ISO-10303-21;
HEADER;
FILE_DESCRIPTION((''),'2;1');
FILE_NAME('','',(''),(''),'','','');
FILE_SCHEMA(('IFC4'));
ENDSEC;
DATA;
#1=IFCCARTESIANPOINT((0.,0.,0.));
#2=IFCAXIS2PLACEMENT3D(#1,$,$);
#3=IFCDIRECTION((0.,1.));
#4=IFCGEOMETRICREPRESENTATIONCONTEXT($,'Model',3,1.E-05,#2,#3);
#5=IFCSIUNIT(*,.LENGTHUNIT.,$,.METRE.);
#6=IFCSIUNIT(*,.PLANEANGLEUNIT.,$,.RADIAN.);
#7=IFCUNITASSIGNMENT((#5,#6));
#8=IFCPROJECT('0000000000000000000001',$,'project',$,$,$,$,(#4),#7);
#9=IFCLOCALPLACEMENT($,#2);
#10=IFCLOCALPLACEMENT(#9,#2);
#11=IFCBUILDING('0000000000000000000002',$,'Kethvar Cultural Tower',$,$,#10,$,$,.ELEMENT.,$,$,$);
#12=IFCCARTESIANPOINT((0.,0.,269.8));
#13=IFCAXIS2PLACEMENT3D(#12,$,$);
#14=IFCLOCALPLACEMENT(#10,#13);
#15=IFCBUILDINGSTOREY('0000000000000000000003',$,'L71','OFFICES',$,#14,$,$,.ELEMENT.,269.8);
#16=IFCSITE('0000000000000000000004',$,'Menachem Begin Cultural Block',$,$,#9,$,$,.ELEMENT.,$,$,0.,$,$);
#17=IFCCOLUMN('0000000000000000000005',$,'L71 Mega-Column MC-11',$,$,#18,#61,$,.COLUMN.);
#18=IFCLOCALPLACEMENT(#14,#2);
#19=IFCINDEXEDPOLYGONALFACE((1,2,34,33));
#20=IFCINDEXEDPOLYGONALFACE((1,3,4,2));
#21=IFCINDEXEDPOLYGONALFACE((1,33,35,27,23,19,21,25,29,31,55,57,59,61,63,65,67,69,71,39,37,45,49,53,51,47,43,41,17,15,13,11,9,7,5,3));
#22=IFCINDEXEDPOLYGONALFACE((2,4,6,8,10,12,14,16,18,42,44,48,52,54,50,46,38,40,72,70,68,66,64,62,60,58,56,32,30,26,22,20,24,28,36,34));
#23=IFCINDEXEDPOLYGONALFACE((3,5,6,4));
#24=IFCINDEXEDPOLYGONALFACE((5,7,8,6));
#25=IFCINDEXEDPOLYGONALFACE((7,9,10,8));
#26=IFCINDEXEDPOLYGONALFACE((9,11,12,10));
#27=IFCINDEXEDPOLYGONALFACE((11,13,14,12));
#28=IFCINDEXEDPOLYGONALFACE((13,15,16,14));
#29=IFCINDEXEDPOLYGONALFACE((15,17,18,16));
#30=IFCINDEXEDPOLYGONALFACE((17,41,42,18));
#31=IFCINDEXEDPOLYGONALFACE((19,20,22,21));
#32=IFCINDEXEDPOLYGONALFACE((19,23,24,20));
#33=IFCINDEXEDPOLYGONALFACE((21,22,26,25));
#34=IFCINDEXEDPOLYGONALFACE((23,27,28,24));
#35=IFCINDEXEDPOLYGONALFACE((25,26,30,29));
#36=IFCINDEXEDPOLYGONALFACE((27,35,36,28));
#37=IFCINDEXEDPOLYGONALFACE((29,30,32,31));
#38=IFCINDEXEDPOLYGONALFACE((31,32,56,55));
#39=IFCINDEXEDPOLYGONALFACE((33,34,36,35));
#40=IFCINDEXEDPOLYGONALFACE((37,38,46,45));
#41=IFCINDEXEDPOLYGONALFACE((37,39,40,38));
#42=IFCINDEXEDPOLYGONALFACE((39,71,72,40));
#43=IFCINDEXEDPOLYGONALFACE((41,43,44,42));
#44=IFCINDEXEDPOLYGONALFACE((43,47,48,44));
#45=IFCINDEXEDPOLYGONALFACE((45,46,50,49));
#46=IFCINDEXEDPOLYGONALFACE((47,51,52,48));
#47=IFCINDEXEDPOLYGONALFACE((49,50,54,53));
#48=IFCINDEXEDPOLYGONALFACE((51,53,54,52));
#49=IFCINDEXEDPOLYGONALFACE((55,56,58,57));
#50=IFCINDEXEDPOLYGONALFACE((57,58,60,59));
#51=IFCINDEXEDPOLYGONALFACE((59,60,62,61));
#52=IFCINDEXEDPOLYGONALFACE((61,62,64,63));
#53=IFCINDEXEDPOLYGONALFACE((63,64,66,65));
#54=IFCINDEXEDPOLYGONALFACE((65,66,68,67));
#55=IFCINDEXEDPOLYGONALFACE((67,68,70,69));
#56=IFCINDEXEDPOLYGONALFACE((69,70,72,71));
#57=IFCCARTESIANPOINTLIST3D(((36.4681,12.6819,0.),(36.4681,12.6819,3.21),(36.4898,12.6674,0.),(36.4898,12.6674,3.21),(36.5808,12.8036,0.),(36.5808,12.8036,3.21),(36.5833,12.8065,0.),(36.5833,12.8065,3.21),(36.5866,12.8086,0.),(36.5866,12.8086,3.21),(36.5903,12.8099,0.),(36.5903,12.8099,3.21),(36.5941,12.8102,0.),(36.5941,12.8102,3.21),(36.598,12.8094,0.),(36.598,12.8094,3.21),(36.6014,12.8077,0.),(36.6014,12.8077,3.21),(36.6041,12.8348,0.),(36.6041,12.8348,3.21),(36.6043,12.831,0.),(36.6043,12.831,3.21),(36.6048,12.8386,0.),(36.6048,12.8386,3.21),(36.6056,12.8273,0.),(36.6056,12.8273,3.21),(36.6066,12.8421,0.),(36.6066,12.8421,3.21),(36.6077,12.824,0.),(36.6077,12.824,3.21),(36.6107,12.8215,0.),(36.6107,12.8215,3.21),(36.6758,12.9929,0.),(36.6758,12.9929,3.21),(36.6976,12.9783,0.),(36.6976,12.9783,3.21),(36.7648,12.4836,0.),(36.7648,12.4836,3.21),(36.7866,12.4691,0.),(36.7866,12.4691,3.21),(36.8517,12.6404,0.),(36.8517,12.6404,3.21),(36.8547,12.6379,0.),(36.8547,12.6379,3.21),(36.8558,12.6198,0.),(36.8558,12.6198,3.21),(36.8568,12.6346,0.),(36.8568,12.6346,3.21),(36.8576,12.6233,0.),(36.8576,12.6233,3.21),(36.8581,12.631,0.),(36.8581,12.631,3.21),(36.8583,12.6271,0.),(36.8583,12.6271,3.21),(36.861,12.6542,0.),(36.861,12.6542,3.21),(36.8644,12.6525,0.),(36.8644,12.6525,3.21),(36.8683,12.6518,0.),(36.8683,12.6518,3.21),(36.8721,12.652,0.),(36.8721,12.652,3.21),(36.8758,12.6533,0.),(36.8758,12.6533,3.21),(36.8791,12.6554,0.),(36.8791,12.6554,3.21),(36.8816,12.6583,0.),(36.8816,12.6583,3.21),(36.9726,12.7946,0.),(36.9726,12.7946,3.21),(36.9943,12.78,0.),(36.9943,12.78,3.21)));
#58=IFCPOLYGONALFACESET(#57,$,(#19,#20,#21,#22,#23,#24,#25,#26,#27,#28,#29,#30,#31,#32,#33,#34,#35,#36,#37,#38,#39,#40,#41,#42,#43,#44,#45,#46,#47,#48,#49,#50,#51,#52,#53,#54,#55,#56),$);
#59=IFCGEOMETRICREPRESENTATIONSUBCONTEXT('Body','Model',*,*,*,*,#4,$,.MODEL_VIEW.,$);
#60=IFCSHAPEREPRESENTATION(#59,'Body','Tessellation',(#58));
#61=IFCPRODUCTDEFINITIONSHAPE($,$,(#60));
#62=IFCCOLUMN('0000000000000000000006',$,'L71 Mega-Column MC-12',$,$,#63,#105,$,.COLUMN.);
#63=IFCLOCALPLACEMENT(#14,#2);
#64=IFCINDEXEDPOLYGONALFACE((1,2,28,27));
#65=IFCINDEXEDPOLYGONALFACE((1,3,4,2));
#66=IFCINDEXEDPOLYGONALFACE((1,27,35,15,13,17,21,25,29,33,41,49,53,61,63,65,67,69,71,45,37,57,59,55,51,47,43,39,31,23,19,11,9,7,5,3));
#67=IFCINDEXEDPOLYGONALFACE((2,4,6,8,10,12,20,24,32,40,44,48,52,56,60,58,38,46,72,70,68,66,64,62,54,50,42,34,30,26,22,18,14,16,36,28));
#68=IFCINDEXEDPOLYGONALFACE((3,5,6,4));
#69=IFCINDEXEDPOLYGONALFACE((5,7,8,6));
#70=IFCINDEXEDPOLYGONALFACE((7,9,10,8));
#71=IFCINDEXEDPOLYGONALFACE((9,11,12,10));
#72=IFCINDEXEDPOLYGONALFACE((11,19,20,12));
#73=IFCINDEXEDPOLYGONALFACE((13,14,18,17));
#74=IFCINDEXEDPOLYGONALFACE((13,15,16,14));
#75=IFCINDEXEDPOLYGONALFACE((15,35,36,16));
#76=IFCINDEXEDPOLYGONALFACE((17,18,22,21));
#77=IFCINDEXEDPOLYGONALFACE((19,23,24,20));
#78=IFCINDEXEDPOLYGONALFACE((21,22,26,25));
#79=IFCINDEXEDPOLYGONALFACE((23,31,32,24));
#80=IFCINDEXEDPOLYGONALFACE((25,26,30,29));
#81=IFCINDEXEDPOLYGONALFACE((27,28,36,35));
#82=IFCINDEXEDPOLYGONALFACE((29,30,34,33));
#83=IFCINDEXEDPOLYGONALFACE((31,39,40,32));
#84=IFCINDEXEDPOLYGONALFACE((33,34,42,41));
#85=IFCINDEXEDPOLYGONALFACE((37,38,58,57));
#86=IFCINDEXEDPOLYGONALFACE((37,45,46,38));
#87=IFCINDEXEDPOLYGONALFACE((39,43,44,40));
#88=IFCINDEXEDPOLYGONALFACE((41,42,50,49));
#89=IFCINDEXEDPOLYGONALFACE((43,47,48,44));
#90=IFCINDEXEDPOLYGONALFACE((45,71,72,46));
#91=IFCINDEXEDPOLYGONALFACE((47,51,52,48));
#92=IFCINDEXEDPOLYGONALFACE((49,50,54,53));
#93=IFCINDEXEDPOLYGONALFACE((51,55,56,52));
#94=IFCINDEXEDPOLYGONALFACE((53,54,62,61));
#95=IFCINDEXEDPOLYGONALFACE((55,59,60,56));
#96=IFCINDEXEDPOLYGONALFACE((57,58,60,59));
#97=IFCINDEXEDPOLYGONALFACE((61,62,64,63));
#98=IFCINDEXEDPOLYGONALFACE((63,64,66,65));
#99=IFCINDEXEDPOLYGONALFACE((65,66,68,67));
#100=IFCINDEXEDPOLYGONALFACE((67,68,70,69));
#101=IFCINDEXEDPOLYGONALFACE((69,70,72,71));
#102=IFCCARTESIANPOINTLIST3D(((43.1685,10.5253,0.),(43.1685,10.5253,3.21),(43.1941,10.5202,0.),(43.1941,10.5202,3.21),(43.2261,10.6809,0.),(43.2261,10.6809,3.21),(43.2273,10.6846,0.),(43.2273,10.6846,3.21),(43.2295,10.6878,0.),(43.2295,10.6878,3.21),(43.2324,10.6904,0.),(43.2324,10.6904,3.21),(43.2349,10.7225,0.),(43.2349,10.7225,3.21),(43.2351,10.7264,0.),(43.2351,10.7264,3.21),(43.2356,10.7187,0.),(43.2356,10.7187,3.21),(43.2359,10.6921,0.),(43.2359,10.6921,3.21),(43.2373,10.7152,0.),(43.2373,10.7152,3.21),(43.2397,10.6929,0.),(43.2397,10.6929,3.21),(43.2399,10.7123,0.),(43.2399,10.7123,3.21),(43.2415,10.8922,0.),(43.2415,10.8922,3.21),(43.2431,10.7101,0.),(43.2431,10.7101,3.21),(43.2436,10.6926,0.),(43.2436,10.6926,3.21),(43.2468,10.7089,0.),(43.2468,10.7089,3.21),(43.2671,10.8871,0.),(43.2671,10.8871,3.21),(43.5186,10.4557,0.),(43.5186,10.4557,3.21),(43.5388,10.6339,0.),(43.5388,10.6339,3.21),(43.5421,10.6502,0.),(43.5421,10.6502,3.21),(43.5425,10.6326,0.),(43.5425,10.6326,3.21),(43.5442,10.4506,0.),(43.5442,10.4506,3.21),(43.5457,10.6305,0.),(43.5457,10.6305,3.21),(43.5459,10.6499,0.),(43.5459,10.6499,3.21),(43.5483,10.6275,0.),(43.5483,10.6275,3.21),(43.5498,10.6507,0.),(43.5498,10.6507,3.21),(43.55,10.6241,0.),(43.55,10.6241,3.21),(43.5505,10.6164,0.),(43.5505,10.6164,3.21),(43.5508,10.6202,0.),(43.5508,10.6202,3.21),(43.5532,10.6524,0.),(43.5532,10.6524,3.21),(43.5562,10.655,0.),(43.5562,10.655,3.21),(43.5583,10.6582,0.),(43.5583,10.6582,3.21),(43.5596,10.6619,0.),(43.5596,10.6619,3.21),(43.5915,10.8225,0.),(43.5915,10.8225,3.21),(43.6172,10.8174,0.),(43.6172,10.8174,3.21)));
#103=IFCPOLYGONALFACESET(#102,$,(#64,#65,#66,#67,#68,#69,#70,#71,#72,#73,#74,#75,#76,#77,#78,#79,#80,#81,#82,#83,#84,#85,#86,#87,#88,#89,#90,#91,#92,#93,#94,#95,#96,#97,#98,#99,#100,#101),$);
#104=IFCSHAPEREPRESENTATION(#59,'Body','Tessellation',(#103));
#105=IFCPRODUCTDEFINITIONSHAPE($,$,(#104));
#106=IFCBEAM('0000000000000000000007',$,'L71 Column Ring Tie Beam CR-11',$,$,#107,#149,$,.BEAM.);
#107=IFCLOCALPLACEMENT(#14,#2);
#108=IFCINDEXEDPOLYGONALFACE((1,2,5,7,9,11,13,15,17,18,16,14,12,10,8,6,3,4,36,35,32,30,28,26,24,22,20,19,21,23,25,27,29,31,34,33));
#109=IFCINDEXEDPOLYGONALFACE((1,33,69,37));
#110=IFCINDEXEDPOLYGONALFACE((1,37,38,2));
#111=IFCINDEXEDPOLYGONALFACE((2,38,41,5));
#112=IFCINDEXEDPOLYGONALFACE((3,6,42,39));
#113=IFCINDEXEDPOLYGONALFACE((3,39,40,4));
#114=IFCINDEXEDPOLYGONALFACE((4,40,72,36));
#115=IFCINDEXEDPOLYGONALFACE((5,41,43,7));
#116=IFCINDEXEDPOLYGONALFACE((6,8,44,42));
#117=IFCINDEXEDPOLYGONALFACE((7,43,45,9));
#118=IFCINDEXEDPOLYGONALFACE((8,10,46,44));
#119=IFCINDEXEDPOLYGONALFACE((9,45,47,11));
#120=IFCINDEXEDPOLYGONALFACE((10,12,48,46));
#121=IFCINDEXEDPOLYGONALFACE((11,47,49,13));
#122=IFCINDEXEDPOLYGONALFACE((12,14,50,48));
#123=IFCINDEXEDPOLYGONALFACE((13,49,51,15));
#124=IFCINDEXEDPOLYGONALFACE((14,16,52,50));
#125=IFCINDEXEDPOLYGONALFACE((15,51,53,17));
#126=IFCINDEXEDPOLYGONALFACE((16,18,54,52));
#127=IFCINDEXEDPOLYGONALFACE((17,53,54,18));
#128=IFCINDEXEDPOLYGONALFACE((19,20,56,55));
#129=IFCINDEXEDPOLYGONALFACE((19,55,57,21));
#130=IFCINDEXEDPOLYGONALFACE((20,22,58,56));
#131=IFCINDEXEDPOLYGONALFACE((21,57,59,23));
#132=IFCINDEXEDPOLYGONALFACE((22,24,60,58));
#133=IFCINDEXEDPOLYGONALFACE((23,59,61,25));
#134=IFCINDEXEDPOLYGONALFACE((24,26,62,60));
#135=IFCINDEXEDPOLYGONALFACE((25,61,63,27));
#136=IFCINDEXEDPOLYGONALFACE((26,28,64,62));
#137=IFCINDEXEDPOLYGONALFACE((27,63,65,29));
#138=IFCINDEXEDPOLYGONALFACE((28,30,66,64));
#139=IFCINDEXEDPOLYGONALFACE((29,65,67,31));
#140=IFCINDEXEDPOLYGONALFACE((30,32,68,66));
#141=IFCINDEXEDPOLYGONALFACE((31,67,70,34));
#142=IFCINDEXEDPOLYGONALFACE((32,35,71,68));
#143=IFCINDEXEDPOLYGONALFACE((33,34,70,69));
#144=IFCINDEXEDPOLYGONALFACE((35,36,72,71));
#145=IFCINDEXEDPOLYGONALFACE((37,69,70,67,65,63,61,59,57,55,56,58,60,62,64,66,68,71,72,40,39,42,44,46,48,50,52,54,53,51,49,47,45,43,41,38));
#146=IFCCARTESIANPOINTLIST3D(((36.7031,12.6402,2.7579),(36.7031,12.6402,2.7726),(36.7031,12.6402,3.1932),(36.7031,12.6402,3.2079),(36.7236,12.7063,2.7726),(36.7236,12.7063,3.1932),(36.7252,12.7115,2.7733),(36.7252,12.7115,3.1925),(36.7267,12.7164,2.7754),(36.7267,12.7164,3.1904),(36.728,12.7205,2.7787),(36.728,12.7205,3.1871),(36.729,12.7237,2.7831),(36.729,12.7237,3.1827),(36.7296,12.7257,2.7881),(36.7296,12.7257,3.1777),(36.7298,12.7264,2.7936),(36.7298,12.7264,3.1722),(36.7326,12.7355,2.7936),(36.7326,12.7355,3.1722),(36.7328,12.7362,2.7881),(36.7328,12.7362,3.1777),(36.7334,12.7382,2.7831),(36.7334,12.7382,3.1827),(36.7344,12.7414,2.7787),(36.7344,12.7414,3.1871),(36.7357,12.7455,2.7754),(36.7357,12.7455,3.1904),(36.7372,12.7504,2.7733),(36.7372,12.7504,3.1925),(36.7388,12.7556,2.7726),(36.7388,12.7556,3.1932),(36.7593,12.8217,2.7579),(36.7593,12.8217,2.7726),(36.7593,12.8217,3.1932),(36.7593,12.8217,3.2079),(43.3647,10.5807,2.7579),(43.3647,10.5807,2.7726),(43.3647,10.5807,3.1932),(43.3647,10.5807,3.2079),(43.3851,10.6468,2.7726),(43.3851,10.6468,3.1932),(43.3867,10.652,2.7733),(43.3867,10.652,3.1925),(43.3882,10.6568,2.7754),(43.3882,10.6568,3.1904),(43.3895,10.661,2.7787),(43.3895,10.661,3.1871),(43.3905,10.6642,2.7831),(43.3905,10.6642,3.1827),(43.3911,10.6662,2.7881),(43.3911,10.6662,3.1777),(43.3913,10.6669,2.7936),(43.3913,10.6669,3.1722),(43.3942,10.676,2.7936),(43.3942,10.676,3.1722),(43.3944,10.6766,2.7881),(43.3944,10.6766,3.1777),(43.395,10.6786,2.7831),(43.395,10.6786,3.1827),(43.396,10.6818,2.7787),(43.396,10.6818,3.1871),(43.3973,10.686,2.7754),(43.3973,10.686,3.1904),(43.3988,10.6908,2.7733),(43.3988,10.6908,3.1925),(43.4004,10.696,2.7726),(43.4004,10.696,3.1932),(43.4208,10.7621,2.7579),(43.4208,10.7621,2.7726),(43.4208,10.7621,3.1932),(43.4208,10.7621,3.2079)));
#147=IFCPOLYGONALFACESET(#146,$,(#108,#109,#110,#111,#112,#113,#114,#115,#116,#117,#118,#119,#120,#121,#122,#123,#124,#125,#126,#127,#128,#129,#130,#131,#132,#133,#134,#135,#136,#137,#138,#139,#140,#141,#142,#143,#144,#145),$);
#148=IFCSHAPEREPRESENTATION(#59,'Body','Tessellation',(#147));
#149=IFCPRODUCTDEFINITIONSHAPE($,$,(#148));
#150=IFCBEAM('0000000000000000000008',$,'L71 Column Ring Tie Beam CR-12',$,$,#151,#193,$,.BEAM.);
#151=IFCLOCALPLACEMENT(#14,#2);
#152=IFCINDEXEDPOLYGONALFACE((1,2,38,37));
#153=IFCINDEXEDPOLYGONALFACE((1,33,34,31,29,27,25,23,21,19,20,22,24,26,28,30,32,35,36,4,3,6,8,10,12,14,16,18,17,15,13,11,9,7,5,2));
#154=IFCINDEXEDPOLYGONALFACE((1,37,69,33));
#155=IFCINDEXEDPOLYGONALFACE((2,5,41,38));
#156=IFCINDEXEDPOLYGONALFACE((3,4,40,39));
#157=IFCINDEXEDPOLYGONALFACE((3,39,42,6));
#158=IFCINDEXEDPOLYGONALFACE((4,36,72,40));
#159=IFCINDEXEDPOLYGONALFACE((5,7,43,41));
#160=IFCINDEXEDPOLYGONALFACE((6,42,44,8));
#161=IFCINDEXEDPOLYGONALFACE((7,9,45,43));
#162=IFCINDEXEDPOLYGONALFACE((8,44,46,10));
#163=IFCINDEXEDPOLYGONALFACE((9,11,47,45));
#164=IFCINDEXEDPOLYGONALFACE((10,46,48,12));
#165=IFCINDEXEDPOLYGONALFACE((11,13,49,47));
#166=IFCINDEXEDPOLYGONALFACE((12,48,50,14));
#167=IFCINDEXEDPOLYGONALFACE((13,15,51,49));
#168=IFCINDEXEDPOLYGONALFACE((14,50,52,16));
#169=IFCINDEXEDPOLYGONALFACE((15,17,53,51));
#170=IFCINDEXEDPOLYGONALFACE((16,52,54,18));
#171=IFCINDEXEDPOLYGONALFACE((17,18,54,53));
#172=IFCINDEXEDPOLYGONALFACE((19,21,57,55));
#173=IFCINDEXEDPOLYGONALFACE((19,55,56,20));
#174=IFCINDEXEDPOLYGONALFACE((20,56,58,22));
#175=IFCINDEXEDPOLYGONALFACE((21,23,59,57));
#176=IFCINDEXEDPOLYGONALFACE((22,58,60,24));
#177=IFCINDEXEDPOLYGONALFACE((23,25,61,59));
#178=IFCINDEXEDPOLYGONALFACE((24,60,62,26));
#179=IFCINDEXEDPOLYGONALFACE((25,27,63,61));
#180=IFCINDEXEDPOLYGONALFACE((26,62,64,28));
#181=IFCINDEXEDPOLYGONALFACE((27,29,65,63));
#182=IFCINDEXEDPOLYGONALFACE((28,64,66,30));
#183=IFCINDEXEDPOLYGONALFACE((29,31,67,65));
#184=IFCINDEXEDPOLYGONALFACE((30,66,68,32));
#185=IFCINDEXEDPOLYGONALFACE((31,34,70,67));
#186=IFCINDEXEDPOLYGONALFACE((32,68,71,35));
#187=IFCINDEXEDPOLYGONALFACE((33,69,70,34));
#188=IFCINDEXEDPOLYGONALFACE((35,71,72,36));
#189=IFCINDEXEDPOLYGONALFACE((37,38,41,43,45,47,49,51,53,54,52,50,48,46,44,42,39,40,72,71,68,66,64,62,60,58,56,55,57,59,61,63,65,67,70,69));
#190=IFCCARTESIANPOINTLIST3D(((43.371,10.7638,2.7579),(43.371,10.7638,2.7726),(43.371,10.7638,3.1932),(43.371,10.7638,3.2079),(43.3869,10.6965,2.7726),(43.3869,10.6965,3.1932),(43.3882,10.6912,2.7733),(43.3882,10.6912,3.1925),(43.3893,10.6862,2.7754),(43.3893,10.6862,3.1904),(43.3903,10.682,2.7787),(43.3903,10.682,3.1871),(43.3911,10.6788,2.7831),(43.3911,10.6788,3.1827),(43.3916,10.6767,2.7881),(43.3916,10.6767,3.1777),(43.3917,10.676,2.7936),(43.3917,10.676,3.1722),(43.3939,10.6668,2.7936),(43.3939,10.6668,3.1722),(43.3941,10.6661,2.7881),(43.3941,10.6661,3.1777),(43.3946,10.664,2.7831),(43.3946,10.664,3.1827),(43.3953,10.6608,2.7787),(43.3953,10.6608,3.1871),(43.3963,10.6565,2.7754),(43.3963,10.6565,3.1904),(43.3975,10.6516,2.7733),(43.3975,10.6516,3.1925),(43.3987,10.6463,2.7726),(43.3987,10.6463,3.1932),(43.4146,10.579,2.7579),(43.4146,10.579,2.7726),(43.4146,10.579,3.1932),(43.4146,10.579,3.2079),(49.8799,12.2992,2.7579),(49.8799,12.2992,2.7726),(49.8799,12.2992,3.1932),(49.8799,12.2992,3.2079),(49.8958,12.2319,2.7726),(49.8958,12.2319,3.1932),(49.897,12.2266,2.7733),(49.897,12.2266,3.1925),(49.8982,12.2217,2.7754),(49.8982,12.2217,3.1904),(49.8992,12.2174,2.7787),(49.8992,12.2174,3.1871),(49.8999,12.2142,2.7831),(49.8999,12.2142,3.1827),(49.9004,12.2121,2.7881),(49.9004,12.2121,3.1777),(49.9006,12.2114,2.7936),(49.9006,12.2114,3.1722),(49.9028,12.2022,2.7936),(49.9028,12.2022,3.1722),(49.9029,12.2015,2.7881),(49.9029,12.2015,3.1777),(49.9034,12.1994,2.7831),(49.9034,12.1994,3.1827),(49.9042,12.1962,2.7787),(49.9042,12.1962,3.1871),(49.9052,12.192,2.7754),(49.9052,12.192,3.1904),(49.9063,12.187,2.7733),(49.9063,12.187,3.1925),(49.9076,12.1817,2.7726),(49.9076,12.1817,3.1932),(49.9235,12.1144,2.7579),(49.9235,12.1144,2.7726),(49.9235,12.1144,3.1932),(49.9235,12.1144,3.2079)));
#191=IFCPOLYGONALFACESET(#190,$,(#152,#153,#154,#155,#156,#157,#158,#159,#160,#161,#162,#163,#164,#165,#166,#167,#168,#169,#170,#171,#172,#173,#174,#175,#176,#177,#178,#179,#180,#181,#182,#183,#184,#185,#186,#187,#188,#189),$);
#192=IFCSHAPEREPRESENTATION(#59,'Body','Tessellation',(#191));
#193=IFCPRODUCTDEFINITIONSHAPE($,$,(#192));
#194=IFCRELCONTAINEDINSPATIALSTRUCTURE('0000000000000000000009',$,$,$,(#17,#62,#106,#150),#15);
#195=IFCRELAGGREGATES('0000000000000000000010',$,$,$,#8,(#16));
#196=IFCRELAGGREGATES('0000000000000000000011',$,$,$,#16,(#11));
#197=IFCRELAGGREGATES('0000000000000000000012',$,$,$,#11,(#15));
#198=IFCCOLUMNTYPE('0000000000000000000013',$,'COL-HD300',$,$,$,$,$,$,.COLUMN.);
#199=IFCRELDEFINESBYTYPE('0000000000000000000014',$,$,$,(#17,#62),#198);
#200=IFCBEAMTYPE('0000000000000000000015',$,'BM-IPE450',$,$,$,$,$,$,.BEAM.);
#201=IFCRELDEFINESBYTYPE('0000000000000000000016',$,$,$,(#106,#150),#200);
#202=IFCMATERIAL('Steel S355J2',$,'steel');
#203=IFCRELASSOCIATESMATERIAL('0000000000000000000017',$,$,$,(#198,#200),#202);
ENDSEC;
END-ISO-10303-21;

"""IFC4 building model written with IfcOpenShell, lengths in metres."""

from ifc_helpers import new_model, si_unit, direction, frame, origin, origin_2d, place, context, subcontext, project, spatial, i_section, extrude, source, transform, mapped, material, material_profile, profile_set, type_object, element, save


model = new_model("IFC4")

# Units and contexts
model_context = context("Model", 3, precision=1e-05, world=origin(), true_north=direction((0.0, 1.0)))
body_context = subcontext(model_context, "Body", "Model", "MODEL_VIEW")
ifc_project = project(units=[si_unit("LENGTHUNIT", "METRE"), si_unit("PLANEANGLEUNIT", "RADIAN")], contexts=[model_context])

# Site, building, storey
site_placement = place(None, origin())
site = spatial("IfcSite", under=ifc_project, at=site_placement, Name="Menachem Begin Cultural Block", CompositionType="ELEMENT", RefElevation=0.0)
building_placement = place(site_placement, origin())
building = spatial("IfcBuilding", under=site, at=building_placement, Name="Kethvar Cultural Tower", CompositionType="ELEMENT")
storey_placement = place(building_placement, frame((0.0, 0.0, 269.8)))
storey = spatial("IfcBuildingStorey", under=building, at=storey_placement, Name="L71", Description="OFFICES", CompositionType="ELEMENT", Elevation=269.8)

# Columns
ifc_material_1 = material(Name="Steel S355J2", Category="steel")
ifc_material_profile_1 = material_profile(ifc_material_1, i_section(OverallWidth=0.374, OverallDepth=0.3831, WebThickness=0.0166, FlangeThickness=0.0261, FilletRadius=0.0149, at=origin_2d()), Name="Steel S355J2 — HD360x300")
ifc_profile_set_1 = profile_set([ifc_material_profile_1], Name="Steel S355J2 — HD360x300")
column_type = type_object("IfcColumnType", Name="COL-HD300", PredefinedType="COLUMN", material=ifc_profile_set_1)
shared_shape_1 = source(origin(), body_context, "Body", "SweptSolid", [
    extrude(i_section(OverallWidth=0.374, OverallDepth=0.3831, WebThickness=0.0166, FlangeThickness=0.0261, FilletRadius=0.0149, at=origin_2d()), origin(), (0.0, 0.0, 1.0), 3.21),
])
for number, where, z_axis, x_axis, name in (
    (1, (36.7312, 12.731, 0.0), (0.0, 0.0, 1.0), (-0.55557, -0.83147, 0.0), "L71 Mega-Column MC-11"),
    (2, (43.3928, 10.6714, 0.0), (0.0, 0.0, 1.0), (-0.19509, -0.980785, 0.0), "L71 Mega-Column MC-12"),
):
    element("IfcColumn", number, at=place(storey_placement, frame(where, z_axis=z_axis, x_axis=x_axis)), inside=storey, type_object=column_type, Name=name, PredefinedType="COLUMN", context=body_context, shape_type="MappedRepresentation", body=[
        mapped(shared_shape_1, transform((0.0, 0.0, 0.0), scale=1.0)),
    ])

# Beams
ifc_material_profile_2 = material_profile(ifc_material_1, i_section(OverallWidth=0.1899, OverallDepth=0.45, WebThickness=0.0095, FlangeThickness=0.0146, FilletRadius=0.021, at=origin_2d()), Name="Steel S355J2 — IPE450")
ifc_profile_set_2 = profile_set([ifc_material_profile_2], Name="Steel S355J2 — IPE450")
beam_type_1 = type_object("IfcBeamType", Name="BM-IPE450", PredefinedType="BEAM", material=ifc_profile_set_2)
shared_shape_2 = source(origin(), body_context, "Body", "SweptSolid", [
    extrude(i_section(OverallWidth=0.1899, OverallDepth=0.45, WebThickness=0.0095, FlangeThickness=0.0146, FilletRadius=0.021, at=origin_2d()), origin(), (0.0, 0.0, 1.0), 6.9727),
])
beam_1_placement = place(storey_placement, frame((36.7312, 12.731, 2.9829), z_axis=(0.955381, -0.295375, 0.0), x_axis=(0.295375, 0.955381, 0.0)))
element("IfcBeam", 3, at=beam_1_placement, inside=storey, type_object=beam_type_1, Name="L71 Column Ring Tie Beam CR-11", PredefinedType="BEAM", context=body_context, shape_type="MappedRepresentation", body=[
    mapped(shared_shape_2, transform((0.0, 0.0, 0.0), scale=1.0)),
])
shared_shape_3 = source(origin(), body_context, "Body", "SweptSolid", [
    extrude(i_section(OverallWidth=0.1899, OverallDepth=0.45, WebThickness=0.0095, FlangeThickness=0.0146, FilletRadius=0.021, at=origin_2d()), origin(), (0.0, 0.0, 1.0), 6.6875),
])
beam_2_placement = place(storey_placement, frame((43.3928, 10.6714, 2.9829), z_axis=(0.973286, 0.229595, 0.0), x_axis=(-0.229595, 0.973286, 0.0)))
element("IfcBeam", 4, at=beam_2_placement, inside=storey, type_object=beam_type_1, Name="L71 Column Ring Tie Beam CR-12", PredefinedType="BEAM", context=body_context, shape_type="MappedRepresentation", body=[
    mapped(shared_shape_3, transform((0.0, 0.0, 0.0), scale=1.0)),
])

save(model, "model.ifc")
